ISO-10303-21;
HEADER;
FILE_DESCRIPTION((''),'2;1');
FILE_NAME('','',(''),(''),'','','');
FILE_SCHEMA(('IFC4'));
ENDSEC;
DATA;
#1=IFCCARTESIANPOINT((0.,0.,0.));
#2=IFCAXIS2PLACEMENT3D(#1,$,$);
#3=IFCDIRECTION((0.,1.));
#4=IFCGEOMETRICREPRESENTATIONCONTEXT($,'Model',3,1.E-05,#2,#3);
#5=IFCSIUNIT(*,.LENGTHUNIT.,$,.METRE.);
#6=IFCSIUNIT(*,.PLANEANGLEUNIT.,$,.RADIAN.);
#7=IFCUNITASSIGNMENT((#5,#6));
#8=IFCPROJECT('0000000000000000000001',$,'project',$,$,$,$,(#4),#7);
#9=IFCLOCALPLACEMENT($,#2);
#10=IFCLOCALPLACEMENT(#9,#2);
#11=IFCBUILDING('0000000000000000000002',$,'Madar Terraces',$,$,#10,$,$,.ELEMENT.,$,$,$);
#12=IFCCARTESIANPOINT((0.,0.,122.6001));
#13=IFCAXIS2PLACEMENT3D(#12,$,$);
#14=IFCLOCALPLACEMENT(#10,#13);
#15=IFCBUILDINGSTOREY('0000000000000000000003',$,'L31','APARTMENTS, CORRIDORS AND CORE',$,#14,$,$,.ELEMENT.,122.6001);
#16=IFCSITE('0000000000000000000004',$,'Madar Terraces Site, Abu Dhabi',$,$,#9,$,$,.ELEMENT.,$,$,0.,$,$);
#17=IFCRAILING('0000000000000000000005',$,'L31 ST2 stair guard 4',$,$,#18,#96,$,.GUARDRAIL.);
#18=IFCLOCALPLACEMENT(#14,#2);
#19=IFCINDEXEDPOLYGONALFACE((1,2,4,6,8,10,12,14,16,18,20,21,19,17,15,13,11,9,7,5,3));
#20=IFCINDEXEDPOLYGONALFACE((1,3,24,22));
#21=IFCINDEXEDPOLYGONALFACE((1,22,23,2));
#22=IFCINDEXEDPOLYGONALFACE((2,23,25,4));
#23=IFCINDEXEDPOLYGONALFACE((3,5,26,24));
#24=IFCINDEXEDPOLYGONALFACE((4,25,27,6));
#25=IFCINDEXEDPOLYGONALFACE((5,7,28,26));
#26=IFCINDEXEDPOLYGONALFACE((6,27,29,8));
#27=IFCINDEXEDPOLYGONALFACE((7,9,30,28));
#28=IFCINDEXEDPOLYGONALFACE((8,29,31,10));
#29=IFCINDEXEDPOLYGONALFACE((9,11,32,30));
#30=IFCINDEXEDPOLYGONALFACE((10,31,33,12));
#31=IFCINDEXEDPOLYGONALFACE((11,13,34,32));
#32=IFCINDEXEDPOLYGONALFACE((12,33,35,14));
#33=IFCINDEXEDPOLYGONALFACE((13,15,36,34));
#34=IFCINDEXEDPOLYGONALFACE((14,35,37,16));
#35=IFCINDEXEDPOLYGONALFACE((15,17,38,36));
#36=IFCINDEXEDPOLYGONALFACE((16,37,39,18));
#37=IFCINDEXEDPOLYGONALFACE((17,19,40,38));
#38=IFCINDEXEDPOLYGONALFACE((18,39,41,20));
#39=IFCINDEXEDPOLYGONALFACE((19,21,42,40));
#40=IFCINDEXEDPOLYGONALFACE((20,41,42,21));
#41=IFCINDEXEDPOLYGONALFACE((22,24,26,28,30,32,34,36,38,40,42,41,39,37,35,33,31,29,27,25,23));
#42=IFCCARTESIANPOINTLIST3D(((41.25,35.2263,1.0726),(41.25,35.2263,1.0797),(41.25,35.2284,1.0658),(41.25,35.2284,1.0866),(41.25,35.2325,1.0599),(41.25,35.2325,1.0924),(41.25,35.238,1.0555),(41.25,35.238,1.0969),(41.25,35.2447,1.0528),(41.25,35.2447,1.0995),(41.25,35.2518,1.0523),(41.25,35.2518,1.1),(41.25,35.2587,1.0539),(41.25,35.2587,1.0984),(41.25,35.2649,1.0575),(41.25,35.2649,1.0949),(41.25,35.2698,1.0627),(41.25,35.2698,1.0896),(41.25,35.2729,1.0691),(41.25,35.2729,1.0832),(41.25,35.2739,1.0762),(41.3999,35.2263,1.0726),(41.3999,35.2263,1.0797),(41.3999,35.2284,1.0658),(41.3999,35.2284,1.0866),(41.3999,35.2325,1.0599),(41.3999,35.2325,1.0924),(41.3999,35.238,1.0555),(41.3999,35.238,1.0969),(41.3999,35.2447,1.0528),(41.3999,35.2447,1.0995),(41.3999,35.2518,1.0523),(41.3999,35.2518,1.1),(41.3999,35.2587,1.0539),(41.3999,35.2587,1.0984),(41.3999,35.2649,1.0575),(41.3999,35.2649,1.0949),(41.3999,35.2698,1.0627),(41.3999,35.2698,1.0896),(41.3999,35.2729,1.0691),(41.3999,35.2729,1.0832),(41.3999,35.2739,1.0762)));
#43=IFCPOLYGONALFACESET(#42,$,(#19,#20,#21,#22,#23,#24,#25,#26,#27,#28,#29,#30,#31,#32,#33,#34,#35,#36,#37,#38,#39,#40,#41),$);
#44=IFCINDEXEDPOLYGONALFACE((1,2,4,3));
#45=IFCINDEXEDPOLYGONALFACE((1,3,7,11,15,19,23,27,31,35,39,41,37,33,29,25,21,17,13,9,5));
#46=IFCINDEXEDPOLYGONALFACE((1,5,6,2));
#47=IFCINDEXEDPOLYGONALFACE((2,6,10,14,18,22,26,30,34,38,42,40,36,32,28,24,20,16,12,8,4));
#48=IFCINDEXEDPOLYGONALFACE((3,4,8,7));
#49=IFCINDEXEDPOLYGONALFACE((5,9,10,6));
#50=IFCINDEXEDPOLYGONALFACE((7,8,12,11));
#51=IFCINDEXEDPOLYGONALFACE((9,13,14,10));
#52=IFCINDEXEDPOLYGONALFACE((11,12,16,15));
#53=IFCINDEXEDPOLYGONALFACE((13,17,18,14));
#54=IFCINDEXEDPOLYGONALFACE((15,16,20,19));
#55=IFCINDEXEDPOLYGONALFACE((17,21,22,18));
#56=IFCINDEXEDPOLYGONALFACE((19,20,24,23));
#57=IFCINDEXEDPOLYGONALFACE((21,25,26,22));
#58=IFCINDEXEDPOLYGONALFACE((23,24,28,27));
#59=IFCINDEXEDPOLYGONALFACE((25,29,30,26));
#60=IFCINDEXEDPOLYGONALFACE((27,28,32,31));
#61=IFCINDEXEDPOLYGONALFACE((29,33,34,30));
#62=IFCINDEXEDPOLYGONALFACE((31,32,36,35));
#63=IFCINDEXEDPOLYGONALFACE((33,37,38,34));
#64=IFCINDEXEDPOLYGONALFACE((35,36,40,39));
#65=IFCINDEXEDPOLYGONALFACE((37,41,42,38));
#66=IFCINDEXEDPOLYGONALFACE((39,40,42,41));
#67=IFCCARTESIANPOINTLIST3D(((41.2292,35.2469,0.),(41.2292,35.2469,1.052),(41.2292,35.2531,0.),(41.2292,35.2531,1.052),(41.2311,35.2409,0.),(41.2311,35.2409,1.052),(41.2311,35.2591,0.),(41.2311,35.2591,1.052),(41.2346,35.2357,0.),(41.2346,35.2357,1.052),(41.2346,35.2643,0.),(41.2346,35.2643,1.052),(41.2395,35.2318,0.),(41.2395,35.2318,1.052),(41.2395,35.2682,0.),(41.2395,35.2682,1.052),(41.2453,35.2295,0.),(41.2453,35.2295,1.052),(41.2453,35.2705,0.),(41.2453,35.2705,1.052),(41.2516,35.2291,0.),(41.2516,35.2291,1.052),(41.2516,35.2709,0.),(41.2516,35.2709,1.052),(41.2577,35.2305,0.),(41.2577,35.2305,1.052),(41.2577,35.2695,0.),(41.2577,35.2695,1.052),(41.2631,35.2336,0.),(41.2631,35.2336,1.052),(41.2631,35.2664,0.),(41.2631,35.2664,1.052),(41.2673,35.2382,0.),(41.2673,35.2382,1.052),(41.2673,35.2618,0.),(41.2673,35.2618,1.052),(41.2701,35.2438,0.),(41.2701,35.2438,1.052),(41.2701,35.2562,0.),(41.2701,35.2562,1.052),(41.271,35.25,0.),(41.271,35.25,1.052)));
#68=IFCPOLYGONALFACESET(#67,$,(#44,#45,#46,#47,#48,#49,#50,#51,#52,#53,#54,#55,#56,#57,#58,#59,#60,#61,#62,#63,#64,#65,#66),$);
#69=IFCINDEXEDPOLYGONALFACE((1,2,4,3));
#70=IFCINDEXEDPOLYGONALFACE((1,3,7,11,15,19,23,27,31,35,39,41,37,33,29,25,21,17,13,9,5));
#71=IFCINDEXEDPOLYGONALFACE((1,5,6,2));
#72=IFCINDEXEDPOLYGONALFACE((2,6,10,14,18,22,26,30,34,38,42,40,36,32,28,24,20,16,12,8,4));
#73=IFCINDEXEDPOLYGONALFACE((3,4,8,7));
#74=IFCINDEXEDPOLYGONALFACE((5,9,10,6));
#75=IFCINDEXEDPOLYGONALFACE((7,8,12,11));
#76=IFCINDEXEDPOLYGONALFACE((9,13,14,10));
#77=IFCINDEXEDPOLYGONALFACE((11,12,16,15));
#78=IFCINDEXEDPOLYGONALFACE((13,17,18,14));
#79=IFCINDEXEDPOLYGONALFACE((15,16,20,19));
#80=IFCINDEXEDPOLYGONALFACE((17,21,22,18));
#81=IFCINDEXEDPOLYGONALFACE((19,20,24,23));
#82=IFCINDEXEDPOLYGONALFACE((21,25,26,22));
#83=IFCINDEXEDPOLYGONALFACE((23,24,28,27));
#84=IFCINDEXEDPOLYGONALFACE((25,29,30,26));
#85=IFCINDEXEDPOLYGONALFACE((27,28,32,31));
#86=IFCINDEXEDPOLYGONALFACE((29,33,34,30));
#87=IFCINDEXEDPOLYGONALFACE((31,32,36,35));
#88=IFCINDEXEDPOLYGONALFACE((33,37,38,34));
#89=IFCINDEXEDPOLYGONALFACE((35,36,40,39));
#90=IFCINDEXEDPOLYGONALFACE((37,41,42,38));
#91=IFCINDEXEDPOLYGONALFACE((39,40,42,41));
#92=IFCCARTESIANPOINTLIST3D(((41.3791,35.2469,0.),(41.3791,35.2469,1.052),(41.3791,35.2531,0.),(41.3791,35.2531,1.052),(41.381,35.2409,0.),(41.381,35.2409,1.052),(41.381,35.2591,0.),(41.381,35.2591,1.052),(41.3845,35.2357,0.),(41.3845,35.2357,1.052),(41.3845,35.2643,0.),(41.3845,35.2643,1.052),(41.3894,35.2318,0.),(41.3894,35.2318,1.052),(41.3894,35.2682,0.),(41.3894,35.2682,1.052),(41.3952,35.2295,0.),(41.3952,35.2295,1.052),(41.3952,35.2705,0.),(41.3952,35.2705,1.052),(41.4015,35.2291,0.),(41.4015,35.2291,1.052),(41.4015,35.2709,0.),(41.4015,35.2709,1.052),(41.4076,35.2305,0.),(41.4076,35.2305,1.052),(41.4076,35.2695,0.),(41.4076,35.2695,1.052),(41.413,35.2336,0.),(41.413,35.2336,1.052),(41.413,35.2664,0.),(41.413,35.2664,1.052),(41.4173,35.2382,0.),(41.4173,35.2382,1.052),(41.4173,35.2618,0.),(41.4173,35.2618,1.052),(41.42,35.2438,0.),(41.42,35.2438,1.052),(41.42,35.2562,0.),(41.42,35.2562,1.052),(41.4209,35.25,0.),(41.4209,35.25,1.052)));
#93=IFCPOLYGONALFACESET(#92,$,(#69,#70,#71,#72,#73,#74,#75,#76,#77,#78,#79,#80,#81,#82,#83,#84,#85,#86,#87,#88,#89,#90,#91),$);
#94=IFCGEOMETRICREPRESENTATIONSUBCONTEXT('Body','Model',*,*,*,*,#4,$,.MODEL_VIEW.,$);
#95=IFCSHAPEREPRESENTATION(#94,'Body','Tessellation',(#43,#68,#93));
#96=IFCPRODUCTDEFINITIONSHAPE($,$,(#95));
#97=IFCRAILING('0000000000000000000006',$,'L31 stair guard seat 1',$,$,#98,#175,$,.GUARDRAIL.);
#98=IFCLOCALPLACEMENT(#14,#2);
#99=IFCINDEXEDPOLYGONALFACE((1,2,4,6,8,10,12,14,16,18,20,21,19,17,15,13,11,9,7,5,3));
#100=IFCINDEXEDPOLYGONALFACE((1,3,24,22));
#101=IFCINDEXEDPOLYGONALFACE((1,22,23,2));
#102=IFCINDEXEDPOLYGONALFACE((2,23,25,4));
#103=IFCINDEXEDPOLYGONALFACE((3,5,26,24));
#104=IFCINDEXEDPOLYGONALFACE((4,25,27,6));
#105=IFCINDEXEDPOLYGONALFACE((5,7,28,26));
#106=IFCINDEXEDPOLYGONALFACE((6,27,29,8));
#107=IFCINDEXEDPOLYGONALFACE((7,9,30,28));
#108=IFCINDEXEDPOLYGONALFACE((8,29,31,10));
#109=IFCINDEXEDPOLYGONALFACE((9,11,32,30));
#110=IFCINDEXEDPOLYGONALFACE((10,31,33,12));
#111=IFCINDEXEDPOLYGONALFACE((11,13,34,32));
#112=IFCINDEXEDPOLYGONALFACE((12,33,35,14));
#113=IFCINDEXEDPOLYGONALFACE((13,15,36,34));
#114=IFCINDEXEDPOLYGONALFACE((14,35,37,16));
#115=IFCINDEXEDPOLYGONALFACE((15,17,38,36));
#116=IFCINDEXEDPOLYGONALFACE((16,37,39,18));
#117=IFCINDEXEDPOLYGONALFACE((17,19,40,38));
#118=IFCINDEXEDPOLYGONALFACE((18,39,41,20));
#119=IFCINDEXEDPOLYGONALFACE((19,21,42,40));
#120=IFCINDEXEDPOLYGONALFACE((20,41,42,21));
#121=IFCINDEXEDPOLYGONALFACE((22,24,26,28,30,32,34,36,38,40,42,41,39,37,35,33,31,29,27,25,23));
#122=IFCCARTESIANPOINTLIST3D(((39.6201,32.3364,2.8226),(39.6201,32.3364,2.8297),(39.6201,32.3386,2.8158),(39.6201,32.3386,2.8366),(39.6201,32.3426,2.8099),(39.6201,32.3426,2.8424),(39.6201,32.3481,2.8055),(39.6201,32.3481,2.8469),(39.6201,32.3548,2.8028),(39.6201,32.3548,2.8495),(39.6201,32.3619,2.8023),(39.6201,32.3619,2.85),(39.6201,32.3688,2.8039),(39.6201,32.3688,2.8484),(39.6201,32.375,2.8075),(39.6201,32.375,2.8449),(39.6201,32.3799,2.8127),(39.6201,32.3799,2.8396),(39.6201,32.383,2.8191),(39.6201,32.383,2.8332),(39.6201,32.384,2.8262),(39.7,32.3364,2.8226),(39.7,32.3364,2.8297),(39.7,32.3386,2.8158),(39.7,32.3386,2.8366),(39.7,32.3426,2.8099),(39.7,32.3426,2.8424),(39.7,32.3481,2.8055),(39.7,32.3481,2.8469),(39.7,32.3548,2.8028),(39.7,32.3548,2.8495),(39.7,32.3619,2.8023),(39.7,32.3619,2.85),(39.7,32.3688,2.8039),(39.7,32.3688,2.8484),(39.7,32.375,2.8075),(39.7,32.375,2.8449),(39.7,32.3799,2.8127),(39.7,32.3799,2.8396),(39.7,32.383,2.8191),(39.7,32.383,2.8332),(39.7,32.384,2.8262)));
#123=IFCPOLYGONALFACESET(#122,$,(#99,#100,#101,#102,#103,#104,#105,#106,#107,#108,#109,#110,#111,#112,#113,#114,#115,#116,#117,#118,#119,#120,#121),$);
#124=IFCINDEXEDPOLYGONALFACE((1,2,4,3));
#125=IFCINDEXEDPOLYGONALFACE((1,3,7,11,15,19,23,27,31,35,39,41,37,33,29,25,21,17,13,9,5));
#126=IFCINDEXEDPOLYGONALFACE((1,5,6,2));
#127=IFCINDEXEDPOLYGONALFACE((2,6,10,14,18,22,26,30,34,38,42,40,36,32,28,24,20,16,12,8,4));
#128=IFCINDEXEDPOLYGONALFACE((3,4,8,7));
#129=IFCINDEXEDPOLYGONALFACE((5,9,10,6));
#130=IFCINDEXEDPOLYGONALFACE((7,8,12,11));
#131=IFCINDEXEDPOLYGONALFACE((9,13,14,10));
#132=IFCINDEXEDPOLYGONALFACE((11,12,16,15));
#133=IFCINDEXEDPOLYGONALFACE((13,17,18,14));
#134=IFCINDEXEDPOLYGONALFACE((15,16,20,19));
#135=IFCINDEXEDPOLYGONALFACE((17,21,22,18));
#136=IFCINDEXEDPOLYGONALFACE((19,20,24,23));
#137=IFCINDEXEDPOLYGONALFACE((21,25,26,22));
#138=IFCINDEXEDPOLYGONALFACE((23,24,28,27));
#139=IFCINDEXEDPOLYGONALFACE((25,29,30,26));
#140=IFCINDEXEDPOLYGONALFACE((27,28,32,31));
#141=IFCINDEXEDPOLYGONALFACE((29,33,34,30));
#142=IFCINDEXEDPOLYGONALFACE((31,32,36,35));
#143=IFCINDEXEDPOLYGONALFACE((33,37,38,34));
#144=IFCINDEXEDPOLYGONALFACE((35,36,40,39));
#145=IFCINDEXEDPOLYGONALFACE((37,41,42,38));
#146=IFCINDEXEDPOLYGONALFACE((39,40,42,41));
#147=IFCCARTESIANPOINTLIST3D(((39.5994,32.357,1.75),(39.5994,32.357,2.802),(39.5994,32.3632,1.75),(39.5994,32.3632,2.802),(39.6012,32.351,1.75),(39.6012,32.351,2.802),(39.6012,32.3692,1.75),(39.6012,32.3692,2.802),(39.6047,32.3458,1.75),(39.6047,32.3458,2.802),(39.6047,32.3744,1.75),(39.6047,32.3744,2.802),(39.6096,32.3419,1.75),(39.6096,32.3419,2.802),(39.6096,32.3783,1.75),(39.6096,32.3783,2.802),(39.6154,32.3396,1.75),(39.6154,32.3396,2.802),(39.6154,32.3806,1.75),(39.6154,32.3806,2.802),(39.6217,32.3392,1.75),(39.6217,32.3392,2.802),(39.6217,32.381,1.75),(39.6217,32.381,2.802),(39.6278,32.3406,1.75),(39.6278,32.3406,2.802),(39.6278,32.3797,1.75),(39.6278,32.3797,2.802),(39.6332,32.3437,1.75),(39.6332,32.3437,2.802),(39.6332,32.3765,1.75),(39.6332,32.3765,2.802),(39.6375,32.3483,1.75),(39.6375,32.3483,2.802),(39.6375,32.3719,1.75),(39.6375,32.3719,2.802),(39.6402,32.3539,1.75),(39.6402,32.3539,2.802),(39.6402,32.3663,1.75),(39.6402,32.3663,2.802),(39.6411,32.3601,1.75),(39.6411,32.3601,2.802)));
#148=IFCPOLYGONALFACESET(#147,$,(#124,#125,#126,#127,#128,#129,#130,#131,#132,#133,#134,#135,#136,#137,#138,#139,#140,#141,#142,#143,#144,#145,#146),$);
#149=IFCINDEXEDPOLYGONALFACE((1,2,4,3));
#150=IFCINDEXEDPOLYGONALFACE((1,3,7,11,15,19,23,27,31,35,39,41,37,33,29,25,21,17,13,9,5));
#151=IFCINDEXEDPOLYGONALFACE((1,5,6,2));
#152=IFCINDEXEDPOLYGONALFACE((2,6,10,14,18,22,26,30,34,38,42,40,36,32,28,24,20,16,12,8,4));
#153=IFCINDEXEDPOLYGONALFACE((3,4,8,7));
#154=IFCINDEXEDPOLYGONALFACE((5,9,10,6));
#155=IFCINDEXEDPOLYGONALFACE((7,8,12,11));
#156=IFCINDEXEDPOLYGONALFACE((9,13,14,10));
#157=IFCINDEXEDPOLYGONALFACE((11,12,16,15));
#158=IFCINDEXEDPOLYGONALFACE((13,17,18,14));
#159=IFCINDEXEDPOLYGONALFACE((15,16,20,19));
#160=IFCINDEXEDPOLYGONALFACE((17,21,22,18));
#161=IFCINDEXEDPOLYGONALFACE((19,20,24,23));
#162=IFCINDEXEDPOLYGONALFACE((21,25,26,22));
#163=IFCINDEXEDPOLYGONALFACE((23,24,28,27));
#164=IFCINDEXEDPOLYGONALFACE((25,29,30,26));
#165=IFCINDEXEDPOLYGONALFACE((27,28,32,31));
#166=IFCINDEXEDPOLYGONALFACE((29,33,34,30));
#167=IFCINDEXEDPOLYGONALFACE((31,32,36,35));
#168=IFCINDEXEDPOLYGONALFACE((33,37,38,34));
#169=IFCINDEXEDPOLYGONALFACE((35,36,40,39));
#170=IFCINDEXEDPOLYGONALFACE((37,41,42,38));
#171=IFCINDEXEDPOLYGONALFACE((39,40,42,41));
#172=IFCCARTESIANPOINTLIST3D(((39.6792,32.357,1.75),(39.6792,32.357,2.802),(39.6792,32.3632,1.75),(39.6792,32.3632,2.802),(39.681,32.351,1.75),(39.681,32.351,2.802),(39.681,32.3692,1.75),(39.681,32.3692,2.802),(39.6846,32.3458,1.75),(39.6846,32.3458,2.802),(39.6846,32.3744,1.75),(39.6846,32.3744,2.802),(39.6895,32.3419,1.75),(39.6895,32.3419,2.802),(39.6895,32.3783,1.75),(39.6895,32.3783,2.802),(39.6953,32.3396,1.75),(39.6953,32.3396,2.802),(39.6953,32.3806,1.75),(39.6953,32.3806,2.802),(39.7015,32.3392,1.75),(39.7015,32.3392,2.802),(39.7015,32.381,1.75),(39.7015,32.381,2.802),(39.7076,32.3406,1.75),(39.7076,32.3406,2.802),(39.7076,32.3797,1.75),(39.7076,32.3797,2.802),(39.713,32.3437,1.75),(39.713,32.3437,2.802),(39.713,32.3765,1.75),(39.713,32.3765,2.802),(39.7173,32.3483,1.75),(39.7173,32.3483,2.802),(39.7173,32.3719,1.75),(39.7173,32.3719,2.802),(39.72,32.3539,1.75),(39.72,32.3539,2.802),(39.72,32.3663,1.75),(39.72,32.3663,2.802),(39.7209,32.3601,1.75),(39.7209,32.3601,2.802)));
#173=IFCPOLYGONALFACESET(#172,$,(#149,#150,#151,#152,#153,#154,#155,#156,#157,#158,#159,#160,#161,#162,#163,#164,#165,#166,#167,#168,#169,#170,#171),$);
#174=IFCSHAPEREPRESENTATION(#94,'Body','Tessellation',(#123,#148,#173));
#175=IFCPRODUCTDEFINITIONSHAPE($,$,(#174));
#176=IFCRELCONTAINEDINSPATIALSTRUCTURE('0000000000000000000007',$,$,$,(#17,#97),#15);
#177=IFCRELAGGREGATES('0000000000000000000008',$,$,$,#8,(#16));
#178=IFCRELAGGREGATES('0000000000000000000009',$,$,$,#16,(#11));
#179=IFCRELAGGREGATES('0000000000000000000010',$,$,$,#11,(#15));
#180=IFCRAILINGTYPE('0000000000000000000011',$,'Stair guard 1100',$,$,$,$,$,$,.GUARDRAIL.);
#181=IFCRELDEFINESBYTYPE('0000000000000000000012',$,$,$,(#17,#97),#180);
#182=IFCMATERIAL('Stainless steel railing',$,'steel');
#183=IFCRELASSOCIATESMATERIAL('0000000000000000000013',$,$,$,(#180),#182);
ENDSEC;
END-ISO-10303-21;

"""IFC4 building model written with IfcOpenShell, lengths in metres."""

from ifc_helpers import new_model, si_unit, direction, frame, origin, origin_2d, place, context, subcontext, project, spatial, circle, extrude, material, type_object, element, save


model = new_model("IFC4")

# Units and contexts
model_context = context("Model", 3, precision=1e-05, world=origin(), true_north=direction((0.0, 1.0)))
body_context = subcontext(model_context, "Body", "Model", "MODEL_VIEW")
ifc_project = project(units=[si_unit("LENGTHUNIT", "METRE"), si_unit("PLANEANGLEUNIT", "RADIAN")], contexts=[model_context])

# Site, building, storey
site_placement = place(None, origin())
site = spatial("IfcSite", under=ifc_project, at=site_placement, Name="Madar Terraces Site, Abu Dhabi", CompositionType="ELEMENT", RefElevation=0.0)
building_placement = place(site_placement, origin())
building = spatial("IfcBuilding", under=site, at=building_placement, Name="Madar Terraces", CompositionType="ELEMENT")
storey_placement = place(building_placement, frame((0.0, 0.0, 122.6001)))
storey = spatial("IfcBuildingStorey", under=building, at=storey_placement, Name="L31", Description="APARTMENTS, CORRIDORS AND CORE", CompositionType="ELEMENT", Elevation=122.6001)

# Railings
ifc_material_1 = material(Name="Stainless steel railing", Category="steel")
railing_type_1 = type_object("IfcRailingType", Name="Stair guard 1100", PredefinedType="GUARDRAIL", material=ifc_material_1)
railing_1_placement = place(storey_placement, frame((41.25, 35.25, 0.0)))
element("IfcRailing", 1, at=railing_1_placement, inside=storey, type_object=railing_type_1, Name="L31 ST2 stair guard 4", PredefinedType="GUARDRAIL", context=body_context, shape_type="SweptSolid", body=[
    extrude(circle(Radius=0.0239, at=origin_2d()), frame((0.0, 0.0, 1.0762), z_axis=(1.0, 0.0, 0.0), x_axis=(0.0, 1.0, 0.0)), (0.0, 0.0, 1.0), 0.1499),
    extrude(circle(Radius=0.021, at=origin_2d()), origin(), (0.0, 0.0, 1.0), 1.052),
    extrude(circle(Radius=0.021, at=origin_2d()), frame((0.1499, 0.0, 0.0)), (0.0, 0.0, 1.0), 1.052),
])
railing_2_placement = place(storey_placement, frame((39.6201, 32.3601, 1.75)))
element("IfcRailing", 2, at=railing_2_placement, inside=storey, type_object=railing_type_1, Name="L31 stair guard seat 1", PredefinedType="GUARDRAIL", context=body_context, shape_type="SweptSolid", body=[
    extrude(circle(Radius=0.0239, at=origin_2d()), frame((0.0, 0.0, 1.0762), z_axis=(1.0, 0.0, 0.0), x_axis=(0.0, 1.0, 0.0)), (0.0, 0.0, 1.0), 0.0798),
    extrude(circle(Radius=0.021, at=origin_2d()), origin(), (0.0, 0.0, 1.0), 1.052),
    extrude(circle(Radius=0.021, at=origin_2d()), frame((0.0798, 0.0, 0.0)), (0.0, 0.0, 1.0), 1.052),
])

save(model, "model.ifc")
